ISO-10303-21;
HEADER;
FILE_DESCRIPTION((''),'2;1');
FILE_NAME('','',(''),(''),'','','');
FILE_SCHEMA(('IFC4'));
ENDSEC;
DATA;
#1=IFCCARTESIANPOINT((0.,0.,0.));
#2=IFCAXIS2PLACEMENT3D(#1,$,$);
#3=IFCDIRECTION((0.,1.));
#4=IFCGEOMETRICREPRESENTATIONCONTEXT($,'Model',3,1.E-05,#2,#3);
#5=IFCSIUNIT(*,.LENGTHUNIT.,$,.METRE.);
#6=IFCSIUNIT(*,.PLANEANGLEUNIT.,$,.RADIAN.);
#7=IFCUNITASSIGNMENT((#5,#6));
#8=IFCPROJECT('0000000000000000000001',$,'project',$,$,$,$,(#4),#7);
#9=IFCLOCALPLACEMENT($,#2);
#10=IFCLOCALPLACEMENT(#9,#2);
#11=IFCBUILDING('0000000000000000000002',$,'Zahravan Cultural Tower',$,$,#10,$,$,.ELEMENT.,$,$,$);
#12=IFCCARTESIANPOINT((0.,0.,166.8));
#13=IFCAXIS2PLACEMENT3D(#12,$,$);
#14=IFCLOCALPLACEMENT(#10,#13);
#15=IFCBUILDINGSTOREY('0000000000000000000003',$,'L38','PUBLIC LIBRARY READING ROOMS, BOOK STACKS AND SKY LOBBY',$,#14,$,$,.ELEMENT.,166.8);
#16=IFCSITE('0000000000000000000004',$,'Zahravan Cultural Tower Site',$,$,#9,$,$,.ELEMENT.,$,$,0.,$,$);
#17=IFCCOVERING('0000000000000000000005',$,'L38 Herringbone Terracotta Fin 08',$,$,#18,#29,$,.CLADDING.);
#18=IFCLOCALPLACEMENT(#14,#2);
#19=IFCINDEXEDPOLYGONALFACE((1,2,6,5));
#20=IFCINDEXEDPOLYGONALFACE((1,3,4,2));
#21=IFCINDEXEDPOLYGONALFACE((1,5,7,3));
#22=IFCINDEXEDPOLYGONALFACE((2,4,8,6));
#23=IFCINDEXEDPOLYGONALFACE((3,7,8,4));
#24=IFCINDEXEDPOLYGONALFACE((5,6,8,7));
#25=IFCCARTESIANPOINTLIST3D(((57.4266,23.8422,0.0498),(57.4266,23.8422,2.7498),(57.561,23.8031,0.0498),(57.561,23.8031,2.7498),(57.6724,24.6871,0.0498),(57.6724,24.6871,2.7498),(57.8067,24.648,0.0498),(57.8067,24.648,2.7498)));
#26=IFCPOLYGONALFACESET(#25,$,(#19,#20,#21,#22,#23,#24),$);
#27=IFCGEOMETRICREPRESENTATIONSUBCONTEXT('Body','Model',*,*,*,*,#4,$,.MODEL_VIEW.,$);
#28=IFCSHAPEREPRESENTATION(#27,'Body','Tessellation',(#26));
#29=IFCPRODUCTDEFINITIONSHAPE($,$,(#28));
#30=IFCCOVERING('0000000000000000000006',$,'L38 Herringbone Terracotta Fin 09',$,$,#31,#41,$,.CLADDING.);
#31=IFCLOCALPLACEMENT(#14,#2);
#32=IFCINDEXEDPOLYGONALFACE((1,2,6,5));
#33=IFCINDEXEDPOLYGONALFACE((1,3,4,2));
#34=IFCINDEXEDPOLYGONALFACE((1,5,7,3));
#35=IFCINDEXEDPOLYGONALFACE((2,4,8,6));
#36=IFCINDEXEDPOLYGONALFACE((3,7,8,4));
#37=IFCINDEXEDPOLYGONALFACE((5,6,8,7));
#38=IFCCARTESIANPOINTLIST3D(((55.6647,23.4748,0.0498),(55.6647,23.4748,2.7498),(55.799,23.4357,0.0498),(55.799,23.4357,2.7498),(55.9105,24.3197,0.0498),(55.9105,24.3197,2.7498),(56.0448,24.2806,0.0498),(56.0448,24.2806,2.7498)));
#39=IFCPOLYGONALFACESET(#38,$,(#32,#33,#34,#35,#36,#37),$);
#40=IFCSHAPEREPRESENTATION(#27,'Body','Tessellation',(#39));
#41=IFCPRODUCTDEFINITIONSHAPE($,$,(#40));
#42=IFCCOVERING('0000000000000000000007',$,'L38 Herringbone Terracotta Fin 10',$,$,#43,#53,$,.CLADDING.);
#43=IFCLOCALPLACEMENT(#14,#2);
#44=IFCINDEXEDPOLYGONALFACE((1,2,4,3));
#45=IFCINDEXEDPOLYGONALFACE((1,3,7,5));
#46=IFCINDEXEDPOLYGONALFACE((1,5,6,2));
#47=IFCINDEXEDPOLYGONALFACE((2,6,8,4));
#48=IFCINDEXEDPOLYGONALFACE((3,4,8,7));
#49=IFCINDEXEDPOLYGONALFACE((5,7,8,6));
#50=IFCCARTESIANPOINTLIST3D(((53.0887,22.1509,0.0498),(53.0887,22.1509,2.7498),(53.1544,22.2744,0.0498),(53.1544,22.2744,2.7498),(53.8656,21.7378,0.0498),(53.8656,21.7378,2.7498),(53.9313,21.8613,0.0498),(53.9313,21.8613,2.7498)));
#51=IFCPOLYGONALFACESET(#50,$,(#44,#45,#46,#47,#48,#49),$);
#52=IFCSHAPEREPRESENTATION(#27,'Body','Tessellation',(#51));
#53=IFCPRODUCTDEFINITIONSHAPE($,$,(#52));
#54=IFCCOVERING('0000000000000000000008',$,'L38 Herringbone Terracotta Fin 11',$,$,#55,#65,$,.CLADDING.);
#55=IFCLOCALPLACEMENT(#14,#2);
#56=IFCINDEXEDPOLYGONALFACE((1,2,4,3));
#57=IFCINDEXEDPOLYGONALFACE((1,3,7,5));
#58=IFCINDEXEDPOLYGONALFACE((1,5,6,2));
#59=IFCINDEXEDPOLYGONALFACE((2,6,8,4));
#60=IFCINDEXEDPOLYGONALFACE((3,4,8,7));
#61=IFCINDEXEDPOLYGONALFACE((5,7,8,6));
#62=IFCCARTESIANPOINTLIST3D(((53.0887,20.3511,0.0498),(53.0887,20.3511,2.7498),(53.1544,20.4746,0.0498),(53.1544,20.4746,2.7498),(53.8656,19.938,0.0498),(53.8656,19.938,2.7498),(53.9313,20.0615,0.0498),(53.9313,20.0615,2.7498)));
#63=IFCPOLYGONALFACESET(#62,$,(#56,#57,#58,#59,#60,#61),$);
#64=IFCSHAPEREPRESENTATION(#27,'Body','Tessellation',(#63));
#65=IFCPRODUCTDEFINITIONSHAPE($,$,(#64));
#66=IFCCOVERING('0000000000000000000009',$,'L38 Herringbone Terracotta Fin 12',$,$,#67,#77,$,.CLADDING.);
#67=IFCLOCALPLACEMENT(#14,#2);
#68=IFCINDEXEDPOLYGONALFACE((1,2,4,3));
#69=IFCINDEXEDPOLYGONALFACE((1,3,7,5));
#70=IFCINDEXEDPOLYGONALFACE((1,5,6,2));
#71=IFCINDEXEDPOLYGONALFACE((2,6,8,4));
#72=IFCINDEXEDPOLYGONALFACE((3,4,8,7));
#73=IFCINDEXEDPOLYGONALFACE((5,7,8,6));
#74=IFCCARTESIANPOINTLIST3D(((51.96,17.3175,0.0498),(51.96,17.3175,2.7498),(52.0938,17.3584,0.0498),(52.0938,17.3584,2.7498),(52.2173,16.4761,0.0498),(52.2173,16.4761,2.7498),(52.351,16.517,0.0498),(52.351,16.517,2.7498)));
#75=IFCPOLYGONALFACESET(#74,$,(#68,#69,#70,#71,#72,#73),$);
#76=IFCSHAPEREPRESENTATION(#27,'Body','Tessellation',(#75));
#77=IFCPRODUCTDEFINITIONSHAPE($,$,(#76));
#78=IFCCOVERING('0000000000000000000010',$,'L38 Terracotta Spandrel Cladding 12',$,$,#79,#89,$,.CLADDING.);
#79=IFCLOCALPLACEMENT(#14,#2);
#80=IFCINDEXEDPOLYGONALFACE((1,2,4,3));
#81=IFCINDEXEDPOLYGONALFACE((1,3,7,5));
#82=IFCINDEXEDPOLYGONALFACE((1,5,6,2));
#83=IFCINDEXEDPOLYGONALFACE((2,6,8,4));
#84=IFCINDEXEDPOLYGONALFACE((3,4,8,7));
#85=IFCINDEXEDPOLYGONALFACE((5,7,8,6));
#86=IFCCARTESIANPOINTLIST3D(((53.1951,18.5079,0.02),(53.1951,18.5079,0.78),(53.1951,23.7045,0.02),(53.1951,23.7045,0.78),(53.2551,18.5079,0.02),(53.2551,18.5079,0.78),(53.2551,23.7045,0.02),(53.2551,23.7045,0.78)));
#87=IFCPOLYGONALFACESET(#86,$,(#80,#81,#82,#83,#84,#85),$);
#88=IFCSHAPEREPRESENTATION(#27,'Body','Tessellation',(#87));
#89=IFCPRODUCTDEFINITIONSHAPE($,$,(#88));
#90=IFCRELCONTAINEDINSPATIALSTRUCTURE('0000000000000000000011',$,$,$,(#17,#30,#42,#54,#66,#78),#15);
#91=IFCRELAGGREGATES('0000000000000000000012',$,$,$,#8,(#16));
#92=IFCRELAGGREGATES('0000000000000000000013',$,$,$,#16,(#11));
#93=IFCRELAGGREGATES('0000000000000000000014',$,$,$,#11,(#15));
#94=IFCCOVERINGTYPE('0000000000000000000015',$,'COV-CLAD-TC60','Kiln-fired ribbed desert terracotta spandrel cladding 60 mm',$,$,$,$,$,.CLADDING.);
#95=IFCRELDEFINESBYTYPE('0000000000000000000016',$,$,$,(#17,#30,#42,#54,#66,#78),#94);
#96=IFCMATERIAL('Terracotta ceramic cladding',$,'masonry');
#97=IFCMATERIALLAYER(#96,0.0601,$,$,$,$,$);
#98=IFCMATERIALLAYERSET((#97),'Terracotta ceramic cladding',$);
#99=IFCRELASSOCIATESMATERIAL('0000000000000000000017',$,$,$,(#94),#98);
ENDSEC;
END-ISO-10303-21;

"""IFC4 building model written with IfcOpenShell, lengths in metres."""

from ifc_helpers import new_model, si_unit, direction, frame, origin, origin_2d, place, context, subcontext, project, spatial, rectangle, extrude, source, transform, mapped, material, layer, layer_set, type_object, element, save


model = new_model("IFC4")

# Units and contexts
model_context = context("Model", 3, precision=1e-05, world=origin(), true_north=direction((0.0, 1.0)))
body_context = subcontext(model_context, "Body", "Model", "MODEL_VIEW")
ifc_project = project(units=[si_unit("LENGTHUNIT", "METRE"), si_unit("PLANEANGLEUNIT", "RADIAN")], contexts=[model_context])

# Site, building, storey
site_placement = place(None, origin())
site = spatial("IfcSite", under=ifc_project, at=site_placement, Name="Zahravan Cultural Tower Site", CompositionType="ELEMENT", RefElevation=0.0)
building_placement = place(site_placement, origin())
building = spatial("IfcBuilding", under=site, at=building_placement, Name="Zahravan Cultural Tower", CompositionType="ELEMENT")
storey_placement = place(building_placement, frame((0.0, 0.0, 166.8)))
storey = spatial("IfcBuildingStorey", under=building, at=storey_placement, Name="L38", Description="PUBLIC LIBRARY READING ROOMS, BOOK STACKS AND SKY LOBBY", CompositionType="ELEMENT", Elevation=166.8)

# Coverings
ifc_material_1 = material(Name="Terracotta ceramic cladding", Category="masonry")
ifc_layer_1 = layer(ifc_material_1, 0.0601)
ifc_layer_set_1 = layer_set([ifc_layer_1], Name="Terracotta ceramic cladding")
covering_type = type_object("IfcCoveringType", Name="COV-CLAD-TC60", Description="Kiln-fired ribbed desert terracotta spandrel cladding 60 mm", PredefinedType="CLADDING", material=ifc_layer_set_1)
shared_shape_1 = source(origin(), body_context, "Body", "SweptSolid", [
    extrude(rectangle(XDim=0.8799, YDim=0.1399, at=origin_2d()), origin(), (0.0, 0.0, 1.0), 2.7),
])
for number, where, z_axis, x_axis, name in (
    (1, (57.6167, 24.2451, 0.0498), (0.0, 0.0, 1.0), (-0.279326, -0.960196, 0.0), "L38 Herringbone Terracotta Fin 08"),
    (2, (55.8547, 23.8777, 0.0498), (0.0, 0.0, 1.0), (-0.279326, -0.960196, 0.0), "L38 Herringbone Terracotta Fin 09"),
    (3, (53.51, 22.0061, 0.0498), (0.0, 0.0, 1.0), (0.882948, -0.469472, 0.0), "L38 Herringbone Terracotta Fin 10"),
    (4, (53.51, 20.2063, 0.0498), (0.0, 0.0, 1.0), (0.882948, -0.469472, 0.0), "L38 Herringbone Terracotta Fin 11"),
    (5, (52.1555, 16.9172, 0.0498), (0.0, 0.0, 1.0), (0.292372, -0.956305, 0.0), "L38 Herringbone Terracotta Fin 12"),
):
    element("IfcCovering", number, at=place(storey_placement, frame(where, z_axis=z_axis, x_axis=x_axis)), inside=storey, type_object=covering_type, Name=name, PredefinedType="CLADDING", context=body_context, shape_type="MappedRepresentation", body=[
        mapped(shared_shape_1, transform((0.0, 0.0, 0.0), x_axis=(1.0, 0.0, 0.0), y_axis=(0.0, 1.0, 0.0), z_axis=(0.0, 0.0, 1.0), scale=1.0)),
    ])
shared_shape_2 = source(origin(), body_context, "Body", "SweptSolid", [
    extrude(rectangle(XDim=5.1965, YDim=0.0601, at=origin_2d()), origin(), (0.0, 0.0, 1.0), 0.76),
])
covering_placement = place(storey_placement, frame((53.2251, 21.1062, 0.02), z_axis=(0.0, 0.0, 1.0), x_axis=(0.0, -1.0, 0.0)))
element("IfcCovering", 6, at=covering_placement, inside=storey, type_object=covering_type, Name="L38 Terracotta Spandrel Cladding 12", PredefinedType="CLADDING", context=body_context, shape_type="MappedRepresentation", body=[
    mapped(shared_shape_2, transform((0.0, 0.0, 0.0), x_axis=(1.0, 0.0, 0.0), y_axis=(0.0, 1.0, 0.0), z_axis=(0.0, 0.0, 1.0), scale=1.0)),
])

save(model, "model.ifc")
